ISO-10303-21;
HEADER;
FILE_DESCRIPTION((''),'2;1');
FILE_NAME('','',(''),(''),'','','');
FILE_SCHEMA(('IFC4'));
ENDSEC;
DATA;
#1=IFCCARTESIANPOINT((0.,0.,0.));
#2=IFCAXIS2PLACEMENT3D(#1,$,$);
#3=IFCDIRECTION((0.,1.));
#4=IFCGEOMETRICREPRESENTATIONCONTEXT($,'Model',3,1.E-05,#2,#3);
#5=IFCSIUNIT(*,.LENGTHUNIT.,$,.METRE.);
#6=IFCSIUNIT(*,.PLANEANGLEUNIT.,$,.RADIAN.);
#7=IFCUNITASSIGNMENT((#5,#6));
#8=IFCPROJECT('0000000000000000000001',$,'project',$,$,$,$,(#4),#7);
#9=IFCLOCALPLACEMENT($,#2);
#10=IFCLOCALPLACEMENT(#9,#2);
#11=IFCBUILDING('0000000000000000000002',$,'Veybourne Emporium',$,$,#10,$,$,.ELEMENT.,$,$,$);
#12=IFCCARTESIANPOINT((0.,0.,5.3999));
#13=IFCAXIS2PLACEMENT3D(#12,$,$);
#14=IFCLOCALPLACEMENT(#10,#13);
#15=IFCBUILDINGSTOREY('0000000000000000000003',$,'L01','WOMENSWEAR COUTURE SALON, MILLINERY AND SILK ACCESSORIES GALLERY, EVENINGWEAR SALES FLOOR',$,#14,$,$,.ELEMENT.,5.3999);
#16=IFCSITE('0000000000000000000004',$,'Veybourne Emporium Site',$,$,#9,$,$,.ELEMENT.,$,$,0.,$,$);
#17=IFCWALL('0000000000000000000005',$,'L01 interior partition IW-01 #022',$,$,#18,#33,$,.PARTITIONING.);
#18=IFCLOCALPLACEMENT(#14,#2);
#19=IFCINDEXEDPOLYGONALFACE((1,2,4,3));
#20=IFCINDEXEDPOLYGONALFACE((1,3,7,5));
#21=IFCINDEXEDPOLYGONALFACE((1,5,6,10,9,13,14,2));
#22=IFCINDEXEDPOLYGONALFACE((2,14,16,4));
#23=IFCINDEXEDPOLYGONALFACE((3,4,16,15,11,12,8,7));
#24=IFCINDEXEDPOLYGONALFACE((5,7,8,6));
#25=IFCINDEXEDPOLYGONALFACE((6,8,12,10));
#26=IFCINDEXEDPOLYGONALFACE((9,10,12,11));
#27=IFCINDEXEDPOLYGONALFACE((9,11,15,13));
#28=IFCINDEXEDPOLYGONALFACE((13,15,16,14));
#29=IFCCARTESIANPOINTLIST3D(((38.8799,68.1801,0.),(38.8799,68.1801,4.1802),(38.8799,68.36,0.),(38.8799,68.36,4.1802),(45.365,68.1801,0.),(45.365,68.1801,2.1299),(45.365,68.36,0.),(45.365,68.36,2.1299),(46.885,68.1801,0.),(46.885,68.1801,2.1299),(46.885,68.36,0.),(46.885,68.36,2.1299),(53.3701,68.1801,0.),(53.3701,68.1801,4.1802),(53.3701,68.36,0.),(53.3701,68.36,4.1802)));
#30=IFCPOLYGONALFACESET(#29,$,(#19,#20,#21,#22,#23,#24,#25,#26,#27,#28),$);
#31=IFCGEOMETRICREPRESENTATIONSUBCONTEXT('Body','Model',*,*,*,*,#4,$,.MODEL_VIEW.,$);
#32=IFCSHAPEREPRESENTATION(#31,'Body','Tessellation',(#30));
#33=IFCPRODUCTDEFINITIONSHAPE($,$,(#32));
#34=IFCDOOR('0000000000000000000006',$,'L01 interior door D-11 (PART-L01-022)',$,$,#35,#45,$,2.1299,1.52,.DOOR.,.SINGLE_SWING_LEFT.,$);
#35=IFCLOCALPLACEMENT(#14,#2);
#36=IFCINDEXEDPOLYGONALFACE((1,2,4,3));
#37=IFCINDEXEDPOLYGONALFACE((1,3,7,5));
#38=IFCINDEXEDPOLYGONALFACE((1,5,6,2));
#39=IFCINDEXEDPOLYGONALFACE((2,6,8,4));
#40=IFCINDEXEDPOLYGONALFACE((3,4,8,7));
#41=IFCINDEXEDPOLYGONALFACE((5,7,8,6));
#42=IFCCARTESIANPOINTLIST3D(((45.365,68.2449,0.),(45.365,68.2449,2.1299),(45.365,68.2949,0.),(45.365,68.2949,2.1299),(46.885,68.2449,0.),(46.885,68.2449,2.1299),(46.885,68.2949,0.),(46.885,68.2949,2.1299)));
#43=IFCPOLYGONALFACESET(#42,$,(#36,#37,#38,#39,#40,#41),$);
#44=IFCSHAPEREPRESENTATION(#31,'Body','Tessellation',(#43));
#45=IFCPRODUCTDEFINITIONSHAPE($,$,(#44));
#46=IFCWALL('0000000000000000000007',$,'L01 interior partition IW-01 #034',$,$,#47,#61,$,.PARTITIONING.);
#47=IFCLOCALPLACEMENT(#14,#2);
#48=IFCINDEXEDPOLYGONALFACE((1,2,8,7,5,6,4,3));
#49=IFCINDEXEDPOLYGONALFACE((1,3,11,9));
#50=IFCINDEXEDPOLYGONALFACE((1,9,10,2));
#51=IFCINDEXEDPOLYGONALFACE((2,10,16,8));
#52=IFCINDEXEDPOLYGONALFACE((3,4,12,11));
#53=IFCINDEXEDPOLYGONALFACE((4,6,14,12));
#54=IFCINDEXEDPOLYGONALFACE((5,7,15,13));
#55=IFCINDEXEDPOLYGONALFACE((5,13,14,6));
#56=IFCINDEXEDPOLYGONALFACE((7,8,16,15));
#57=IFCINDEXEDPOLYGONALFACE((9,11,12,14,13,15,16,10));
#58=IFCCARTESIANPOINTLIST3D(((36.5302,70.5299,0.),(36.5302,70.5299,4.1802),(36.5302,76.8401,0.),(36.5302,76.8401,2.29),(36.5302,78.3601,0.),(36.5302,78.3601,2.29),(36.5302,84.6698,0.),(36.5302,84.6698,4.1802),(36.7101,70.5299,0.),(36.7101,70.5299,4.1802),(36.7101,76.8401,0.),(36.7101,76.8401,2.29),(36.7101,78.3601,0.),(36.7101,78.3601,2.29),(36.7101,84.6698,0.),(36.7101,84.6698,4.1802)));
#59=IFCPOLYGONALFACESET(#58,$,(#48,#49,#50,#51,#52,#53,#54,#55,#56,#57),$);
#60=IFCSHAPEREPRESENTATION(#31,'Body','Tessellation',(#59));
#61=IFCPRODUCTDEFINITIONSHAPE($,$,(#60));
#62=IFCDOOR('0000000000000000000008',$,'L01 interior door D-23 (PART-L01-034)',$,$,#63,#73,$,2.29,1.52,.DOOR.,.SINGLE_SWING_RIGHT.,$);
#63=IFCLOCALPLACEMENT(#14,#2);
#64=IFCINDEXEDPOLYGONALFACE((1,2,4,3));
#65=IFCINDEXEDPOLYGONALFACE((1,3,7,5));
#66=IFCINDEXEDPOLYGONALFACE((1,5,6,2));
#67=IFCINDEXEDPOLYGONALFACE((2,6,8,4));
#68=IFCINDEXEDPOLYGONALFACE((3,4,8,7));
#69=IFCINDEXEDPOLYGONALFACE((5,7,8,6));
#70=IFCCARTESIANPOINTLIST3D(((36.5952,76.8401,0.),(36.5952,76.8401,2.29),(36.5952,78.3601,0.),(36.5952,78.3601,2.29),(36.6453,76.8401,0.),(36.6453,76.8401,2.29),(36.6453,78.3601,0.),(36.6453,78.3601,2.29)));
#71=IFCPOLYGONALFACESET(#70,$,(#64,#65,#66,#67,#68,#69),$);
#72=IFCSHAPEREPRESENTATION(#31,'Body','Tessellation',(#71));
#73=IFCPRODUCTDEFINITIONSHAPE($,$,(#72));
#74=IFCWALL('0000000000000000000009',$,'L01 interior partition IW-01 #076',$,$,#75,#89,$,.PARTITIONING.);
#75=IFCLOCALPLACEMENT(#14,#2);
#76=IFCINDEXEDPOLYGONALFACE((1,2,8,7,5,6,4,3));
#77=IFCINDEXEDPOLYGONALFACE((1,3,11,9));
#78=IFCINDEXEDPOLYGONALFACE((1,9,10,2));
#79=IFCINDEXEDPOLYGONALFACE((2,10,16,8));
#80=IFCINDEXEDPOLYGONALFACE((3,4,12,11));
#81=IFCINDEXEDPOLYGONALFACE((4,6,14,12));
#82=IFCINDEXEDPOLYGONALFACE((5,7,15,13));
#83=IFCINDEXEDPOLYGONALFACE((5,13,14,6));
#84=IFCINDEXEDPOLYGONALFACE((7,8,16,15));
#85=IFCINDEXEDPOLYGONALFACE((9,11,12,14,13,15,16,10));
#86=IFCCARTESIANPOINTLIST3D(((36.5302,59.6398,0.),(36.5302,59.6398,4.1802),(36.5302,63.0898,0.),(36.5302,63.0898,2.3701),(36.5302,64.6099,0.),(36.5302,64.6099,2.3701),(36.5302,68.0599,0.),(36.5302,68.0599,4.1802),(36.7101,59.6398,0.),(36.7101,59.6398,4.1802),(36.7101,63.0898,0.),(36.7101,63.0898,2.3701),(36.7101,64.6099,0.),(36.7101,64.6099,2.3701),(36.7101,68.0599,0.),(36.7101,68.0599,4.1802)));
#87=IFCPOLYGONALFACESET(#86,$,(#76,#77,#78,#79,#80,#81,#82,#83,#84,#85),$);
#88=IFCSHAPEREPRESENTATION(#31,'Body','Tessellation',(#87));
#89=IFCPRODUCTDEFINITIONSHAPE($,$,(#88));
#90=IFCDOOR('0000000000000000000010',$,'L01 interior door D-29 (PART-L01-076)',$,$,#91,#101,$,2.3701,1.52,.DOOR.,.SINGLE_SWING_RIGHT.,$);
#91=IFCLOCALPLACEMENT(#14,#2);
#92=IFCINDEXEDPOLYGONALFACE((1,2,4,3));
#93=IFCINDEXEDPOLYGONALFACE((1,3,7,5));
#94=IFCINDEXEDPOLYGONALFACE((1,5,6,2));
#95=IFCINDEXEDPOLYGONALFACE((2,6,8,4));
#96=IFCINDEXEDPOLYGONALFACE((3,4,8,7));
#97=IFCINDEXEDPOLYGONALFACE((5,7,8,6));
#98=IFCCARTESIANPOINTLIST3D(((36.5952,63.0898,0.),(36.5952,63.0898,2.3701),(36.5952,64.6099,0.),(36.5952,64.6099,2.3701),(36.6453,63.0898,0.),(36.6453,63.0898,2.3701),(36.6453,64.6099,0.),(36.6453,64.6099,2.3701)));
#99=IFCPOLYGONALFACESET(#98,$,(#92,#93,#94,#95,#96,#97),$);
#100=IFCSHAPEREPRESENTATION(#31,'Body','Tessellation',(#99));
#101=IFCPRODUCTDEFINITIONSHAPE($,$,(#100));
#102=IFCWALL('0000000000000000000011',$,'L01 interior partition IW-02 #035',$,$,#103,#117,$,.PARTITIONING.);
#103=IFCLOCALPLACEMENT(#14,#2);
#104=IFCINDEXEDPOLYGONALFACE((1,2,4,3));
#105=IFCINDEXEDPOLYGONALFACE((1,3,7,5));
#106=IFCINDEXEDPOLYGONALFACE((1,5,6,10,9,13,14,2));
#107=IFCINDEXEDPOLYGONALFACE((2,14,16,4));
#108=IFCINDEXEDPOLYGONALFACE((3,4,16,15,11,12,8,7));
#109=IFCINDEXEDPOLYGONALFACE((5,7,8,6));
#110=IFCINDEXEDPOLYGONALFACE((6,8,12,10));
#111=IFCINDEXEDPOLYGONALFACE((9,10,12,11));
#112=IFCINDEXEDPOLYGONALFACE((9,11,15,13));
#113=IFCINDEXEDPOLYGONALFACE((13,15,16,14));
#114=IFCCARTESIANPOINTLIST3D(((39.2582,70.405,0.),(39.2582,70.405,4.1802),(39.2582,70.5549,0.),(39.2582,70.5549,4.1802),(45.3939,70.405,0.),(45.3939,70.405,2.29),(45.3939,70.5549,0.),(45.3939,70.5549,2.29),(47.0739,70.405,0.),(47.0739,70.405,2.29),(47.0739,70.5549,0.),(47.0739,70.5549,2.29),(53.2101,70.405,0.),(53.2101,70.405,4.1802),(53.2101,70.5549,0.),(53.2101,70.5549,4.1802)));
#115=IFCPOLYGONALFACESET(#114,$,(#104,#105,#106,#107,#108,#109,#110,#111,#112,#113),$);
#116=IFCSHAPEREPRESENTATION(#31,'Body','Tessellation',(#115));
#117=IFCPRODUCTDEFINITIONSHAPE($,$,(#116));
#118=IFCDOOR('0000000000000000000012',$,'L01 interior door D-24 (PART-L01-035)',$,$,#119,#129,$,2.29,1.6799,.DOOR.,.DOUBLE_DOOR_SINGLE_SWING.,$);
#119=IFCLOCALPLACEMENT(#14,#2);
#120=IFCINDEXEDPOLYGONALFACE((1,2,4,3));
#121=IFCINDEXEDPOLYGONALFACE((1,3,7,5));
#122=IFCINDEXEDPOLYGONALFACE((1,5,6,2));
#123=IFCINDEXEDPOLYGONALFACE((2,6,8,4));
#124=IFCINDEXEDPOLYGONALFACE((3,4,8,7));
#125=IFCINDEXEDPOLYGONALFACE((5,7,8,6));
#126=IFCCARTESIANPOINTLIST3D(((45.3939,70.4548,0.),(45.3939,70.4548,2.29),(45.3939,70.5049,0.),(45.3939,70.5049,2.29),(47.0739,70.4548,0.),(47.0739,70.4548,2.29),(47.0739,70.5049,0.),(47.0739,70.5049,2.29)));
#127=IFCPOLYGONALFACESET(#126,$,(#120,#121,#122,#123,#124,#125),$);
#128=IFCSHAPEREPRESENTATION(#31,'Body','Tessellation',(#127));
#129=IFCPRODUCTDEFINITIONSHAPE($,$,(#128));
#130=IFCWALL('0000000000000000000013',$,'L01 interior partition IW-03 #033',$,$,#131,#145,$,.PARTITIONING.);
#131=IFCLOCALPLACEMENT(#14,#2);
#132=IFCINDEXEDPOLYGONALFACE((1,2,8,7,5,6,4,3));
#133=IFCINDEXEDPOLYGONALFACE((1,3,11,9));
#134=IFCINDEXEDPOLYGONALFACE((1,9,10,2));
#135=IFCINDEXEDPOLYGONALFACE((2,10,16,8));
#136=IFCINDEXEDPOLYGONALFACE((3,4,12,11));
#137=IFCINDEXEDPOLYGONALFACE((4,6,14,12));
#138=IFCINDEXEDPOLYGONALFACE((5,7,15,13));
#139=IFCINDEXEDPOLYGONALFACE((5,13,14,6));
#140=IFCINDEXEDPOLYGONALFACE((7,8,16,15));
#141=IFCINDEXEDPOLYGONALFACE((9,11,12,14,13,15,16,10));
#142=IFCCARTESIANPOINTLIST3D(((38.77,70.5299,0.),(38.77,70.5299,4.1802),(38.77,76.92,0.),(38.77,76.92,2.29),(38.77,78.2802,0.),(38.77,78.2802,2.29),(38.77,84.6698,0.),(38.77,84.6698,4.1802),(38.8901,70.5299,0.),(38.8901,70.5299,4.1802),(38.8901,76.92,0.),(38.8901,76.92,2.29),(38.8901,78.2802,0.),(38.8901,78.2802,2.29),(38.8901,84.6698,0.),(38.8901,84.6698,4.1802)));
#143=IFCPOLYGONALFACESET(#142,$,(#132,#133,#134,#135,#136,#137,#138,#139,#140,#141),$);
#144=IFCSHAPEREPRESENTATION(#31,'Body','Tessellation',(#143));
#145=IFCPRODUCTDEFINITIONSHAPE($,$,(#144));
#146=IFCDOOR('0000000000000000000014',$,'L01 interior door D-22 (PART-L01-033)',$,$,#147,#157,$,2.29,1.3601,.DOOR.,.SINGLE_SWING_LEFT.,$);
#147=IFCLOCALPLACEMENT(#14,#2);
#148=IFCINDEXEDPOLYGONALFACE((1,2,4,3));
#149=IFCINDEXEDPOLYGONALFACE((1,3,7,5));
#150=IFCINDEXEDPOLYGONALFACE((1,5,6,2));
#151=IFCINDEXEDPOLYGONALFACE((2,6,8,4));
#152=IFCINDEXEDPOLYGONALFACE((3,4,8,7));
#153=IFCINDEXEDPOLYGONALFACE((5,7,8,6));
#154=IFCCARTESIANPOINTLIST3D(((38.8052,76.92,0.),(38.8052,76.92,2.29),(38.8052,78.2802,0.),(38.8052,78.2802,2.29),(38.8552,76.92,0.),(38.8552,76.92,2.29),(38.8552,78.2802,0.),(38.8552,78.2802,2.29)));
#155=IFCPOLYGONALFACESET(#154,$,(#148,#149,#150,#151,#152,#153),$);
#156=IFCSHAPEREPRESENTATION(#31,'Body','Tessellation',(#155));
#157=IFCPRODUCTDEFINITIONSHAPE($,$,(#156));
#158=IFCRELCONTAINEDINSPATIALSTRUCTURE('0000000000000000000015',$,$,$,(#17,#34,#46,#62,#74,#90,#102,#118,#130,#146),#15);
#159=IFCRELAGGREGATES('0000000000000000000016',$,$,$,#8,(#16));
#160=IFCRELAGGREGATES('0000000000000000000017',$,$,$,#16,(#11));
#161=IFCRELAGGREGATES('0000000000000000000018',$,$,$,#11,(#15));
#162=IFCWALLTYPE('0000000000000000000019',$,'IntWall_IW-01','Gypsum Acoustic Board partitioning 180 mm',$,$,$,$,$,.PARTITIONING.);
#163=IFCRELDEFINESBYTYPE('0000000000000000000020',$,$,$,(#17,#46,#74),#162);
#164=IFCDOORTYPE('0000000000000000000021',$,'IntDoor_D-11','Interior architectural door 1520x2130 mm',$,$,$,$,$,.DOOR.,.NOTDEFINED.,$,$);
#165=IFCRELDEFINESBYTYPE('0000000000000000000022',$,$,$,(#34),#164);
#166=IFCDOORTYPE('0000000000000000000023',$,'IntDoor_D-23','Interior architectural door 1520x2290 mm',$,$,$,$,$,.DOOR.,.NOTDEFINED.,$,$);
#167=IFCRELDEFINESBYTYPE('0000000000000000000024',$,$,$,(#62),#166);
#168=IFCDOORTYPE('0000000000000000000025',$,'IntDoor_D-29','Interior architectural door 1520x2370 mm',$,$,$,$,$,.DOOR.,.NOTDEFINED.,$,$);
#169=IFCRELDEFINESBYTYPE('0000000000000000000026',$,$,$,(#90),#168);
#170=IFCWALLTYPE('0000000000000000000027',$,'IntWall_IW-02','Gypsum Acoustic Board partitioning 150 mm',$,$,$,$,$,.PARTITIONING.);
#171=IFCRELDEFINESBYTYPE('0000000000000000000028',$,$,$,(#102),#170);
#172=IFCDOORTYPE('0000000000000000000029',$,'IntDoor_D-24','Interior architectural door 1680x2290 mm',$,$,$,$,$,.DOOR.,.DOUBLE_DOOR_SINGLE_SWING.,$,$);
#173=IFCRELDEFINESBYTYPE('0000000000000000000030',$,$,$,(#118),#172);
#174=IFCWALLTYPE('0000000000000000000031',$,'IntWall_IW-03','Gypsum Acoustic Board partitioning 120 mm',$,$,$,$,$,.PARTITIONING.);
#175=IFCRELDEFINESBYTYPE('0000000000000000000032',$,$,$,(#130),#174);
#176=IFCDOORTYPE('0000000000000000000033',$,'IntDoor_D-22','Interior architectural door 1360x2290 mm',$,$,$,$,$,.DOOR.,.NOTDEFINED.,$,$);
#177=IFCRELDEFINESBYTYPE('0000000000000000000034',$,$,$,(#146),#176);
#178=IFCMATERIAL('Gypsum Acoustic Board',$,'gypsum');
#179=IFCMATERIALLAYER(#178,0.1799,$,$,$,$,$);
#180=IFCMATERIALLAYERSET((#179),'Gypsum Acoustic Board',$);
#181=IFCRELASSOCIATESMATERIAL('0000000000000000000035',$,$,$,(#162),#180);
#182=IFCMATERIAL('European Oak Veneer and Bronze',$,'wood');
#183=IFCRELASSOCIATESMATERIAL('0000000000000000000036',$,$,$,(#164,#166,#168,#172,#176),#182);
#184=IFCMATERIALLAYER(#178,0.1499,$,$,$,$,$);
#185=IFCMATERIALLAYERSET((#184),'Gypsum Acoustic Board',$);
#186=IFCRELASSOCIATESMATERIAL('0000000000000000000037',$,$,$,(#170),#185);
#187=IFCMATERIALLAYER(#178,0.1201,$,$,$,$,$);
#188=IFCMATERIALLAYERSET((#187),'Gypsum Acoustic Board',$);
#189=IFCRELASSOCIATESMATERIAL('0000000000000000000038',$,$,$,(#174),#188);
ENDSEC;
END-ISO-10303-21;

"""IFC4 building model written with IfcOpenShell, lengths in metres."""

from ifc_helpers import new_model, si_unit, direction, frame, frame_2d, origin, place, context, subcontext, project, spatial, rectangle, extrude, material, layer, layer_set, type_object, element, fill, save


model = new_model("IFC4")

# Units and contexts
model_context = context("Model", 3, precision=1e-05, world=origin(), true_north=direction((0.0, 1.0)))
body_context = subcontext(model_context, "Body", "Model", "MODEL_VIEW")
ifc_project = project(units=[si_unit("LENGTHUNIT", "METRE"), si_unit("PLANEANGLEUNIT", "RADIAN")], contexts=[model_context])

# Site, building, storey
site_placement = place(None, origin())
site = spatial("IfcSite", under=ifc_project, at=site_placement, Name="Veybourne Emporium Site", CompositionType="ELEMENT", RefElevation=0.0)
building_placement = place(site_placement, origin())
building = spatial("IfcBuilding", under=site, at=building_placement, Name="Veybourne Emporium", CompositionType="ELEMENT")
storey_placement = place(building_placement, frame((0.0, 0.0, 5.3999)))
storey = spatial("IfcBuildingStorey", under=building, at=storey_placement, Name="L01", Description="WOMENSWEAR COUTURE SALON, MILLINERY AND SILK ACCESSORIES GALLERY, EVENINGWEAR SALES FLOOR", CompositionType="ELEMENT", Elevation=5.3999)

# Walls, openings, doors
ifc_material_1 = material(Name="Gypsum Acoustic Board", Category="gypsum")
ifc_layer_1 = layer(ifc_material_1, 0.1799)
ifc_layer_set_1 = layer_set([ifc_layer_1], Name="Gypsum Acoustic Board")
wall_type_1 = type_object("IfcWallType", Name="IntWall_IW-01", Description="Gypsum Acoustic Board partitioning 180 mm", PredefinedType="PARTITIONING", material=ifc_layer_set_1)
wall_1_placement = place(storey_placement, frame((38.8799, 68.27, 0.0), z_axis=(0.0, 0.0, 1.0), x_axis=(1.0, 0.0, 0.0)))
wall_1 = element("IfcWall", 1, at=wall_1_placement, inside=storey, type_object=wall_type_1, Name="L01 interior partition IW-01 #022", PredefinedType="PARTITIONING", context=body_context, shape_type="SweptSolid", body=[
    extrude(rectangle(XDim=14.4902, YDim=0.1799, at=frame_2d((7.2451, 0.0))), origin(), (0.0, 0.0, 1.0), 4.1802),
])
opening_1_placement = place(wall_1_placement, frame((6.4851, 0.0, 0.0)))
opening_1 = element("IfcOpeningElement", 2, at=opening_1_placement, cuts=wall_1, PredefinedType="OPENING", context=body_context, shape_type="SweptSolid", body=[
    extrude(rectangle(XDim=1.52, YDim=2.1299, at=frame_2d((0.76, 1.0649))), frame((0.0, 0.1099, 0.0), z_axis=(0.0, -1.0, 0.0), x_axis=(1.0, 0.0, 0.0)), (0.0, 0.0, 1.0), 0.22),
])
ifc_material_2 = material(Name="European Oak Veneer and Bronze", Category="wood")
door_type_1 = type_object("IfcDoorType", Name="IntDoor_D-11", Description="Interior architectural door 1520x2130 mm", OperationType="NOTDEFINED", PredefinedType="DOOR", material=ifc_material_2)
door_1_placement = place(opening_1_placement, origin())
door_1 = element("IfcDoor", 3, at=door_1_placement, inside=storey, type_object=door_type_1, Name="L01 interior door D-11 (PART-L01-022)", OperationType="SINGLE_SWING_LEFT", OverallHeight=2.1299, OverallWidth=1.52, PredefinedType="DOOR", context=body_context, shape_type="SweptSolid", body=[
    extrude(rectangle(XDim=1.52, YDim=2.1299, at=frame_2d((0.76, 1.0649))), frame((0.0, 0.0249, 0.0), z_axis=(0.0, -1.0, 0.0), x_axis=(1.0, 0.0, 0.0)), (0.0, 0.0, 1.0), 0.05),
])
fill(opening_1, door_1)
wall_2_placement = place(storey_placement, frame((36.6201, 70.53, 0.0), z_axis=(0.0, 0.0, 1.0), x_axis=(0.0, 1.0, 0.0)))
wall_2 = element("IfcWall", 4, at=wall_2_placement, inside=storey, type_object=wall_type_1, Name="L01 interior partition IW-01 #034", PredefinedType="PARTITIONING", context=body_context, shape_type="SweptSolid", body=[
    extrude(rectangle(XDim=14.1399, YDim=0.1799, at=frame_2d((7.0698, 0.0))), origin(), (0.0, 0.0, 1.0), 4.1802),
])
opening_2_placement = place(wall_2_placement, frame((6.3101, 0.0, 0.0)))
opening_2 = element("IfcOpeningElement", 5, at=opening_2_placement, cuts=wall_2, PredefinedType="OPENING", context=body_context, shape_type="SweptSolid", body=[
    extrude(rectangle(XDim=1.52, YDim=2.29, at=frame_2d((0.76, 1.145))), frame((0.0, 0.1099, 0.0), z_axis=(0.0, -1.0, 0.0), x_axis=(1.0, 0.0, 0.0)), (0.0, 0.0, 1.0), 0.22),
])
door_type_2 = type_object("IfcDoorType", Name="IntDoor_D-23", Description="Interior architectural door 1520x2290 mm", OperationType="NOTDEFINED", PredefinedType="DOOR", material=ifc_material_2)
door_2_placement = place(opening_2_placement, origin())
door_2 = element("IfcDoor", 6, at=door_2_placement, inside=storey, type_object=door_type_2, Name="L01 interior door D-23 (PART-L01-034)", OperationType="SINGLE_SWING_RIGHT", OverallHeight=2.29, OverallWidth=1.52, PredefinedType="DOOR", context=body_context, shape_type="SweptSolid", body=[
    extrude(rectangle(XDim=1.52, YDim=2.29, at=frame_2d((0.76, 1.145))), frame((0.0, 0.0249, 0.0), z_axis=(0.0, -1.0, 0.0), x_axis=(1.0, 0.0, 0.0)), (0.0, 0.0, 1.0), 0.05),
])
fill(opening_2, door_2)
wall_3_placement = place(storey_placement, frame((36.6201, 59.6399, 0.0), z_axis=(0.0, 0.0, 1.0), x_axis=(0.0, 1.0, 0.0)))
wall_3 = element("IfcWall", 7, at=wall_3_placement, inside=storey, type_object=wall_type_1, Name="L01 interior partition IW-01 #076", PredefinedType="PARTITIONING", context=body_context, shape_type="SweptSolid", body=[
    extrude(rectangle(XDim=8.4202, YDim=0.1799, at=frame_2d((4.21, 0.0))), origin(), (0.0, 0.0, 1.0), 4.1802),
])
opening_3_placement = place(wall_3_placement, frame((3.45, 0.0, 0.0)))
opening_3 = element("IfcOpeningElement", 8, at=opening_3_placement, cuts=wall_3, PredefinedType="OPENING", context=body_context, shape_type="SweptSolid", body=[
    extrude(rectangle(XDim=1.52, YDim=2.3701, at=frame_2d((0.76, 1.1851))), frame((0.0, 0.1099, 0.0), z_axis=(0.0, -1.0, 0.0), x_axis=(1.0, 0.0, 0.0)), (0.0, 0.0, 1.0), 0.22),
])
door_type_3 = type_object("IfcDoorType", Name="IntDoor_D-29", Description="Interior architectural door 1520x2370 mm", OperationType="NOTDEFINED", PredefinedType="DOOR", material=ifc_material_2)
door_3_placement = place(opening_3_placement, origin())
door_3 = element("IfcDoor", 9, at=door_3_placement, inside=storey, type_object=door_type_3, Name="L01 interior door D-29 (PART-L01-076)", OperationType="SINGLE_SWING_RIGHT", OverallHeight=2.3701, OverallWidth=1.52, PredefinedType="DOOR", context=body_context, shape_type="SweptSolid", body=[
    extrude(rectangle(XDim=1.52, YDim=2.3701, at=frame_2d((0.76, 1.1851))), frame((0.0, 0.0249, 0.0), z_axis=(0.0, -1.0, 0.0), x_axis=(1.0, 0.0, 0.0)), (0.0, 0.0, 1.0), 0.05),
])
fill(opening_3, door_3)
ifc_layer_2 = layer(ifc_material_1, 0.1499)
ifc_layer_set_2 = layer_set([ifc_layer_2], Name="Gypsum Acoustic Board")
wall_type_2 = type_object("IfcWallType", Name="IntWall_IW-02", Description="Gypsum Acoustic Board partitioning 150 mm", PredefinedType="PARTITIONING", material=ifc_layer_set_2)
wall_4_placement = place(storey_placement, frame((39.2581, 70.48, 0.0), z_axis=(0.0, 0.0, 1.0), x_axis=(1.0, 0.0, 0.0)))
wall_4 = element("IfcWall", 10, at=wall_4_placement, inside=storey, type_object=wall_type_2, Name="L01 interior partition IW-02 #035", PredefinedType="PARTITIONING", context=body_context, shape_type="SweptSolid", body=[
    extrude(rectangle(XDim=13.9519, YDim=0.1499, at=frame_2d((6.9761, 0.0))), origin(), (0.0, 0.0, 1.0), 4.1802),
])
opening_4_placement = place(wall_4_placement, frame((6.136, 0.0, 0.0)))
opening_4 = element("IfcOpeningElement", 11, at=opening_4_placement, cuts=wall_4, PredefinedType="OPENING", context=body_context, shape_type="SweptSolid", body=[
    extrude(rectangle(XDim=1.6799, YDim=2.29, at=frame_2d((0.8398, 1.145))), frame((0.0, 0.095, 0.0), z_axis=(0.0, -1.0, 0.0), x_axis=(1.0, 0.0, 0.0)), (0.0, 0.0, 1.0), 0.1899),
])
door_type_4 = type_object("IfcDoorType", Name="IntDoor_D-24", Description="Interior architectural door 1680x2290 mm", OperationType="DOUBLE_DOOR_SINGLE_SWING", PredefinedType="DOOR", material=ifc_material_2)
door_4_placement = place(opening_4_placement, origin())
door_4 = element("IfcDoor", 12, at=door_4_placement, inside=storey, type_object=door_type_4, Name="L01 interior door D-24 (PART-L01-035)", OperationType="DOUBLE_DOOR_SINGLE_SWING", OverallHeight=2.29, OverallWidth=1.6799, PredefinedType="DOOR", context=body_context, shape_type="SweptSolid", body=[
    extrude(rectangle(XDim=1.6799, YDim=2.29, at=frame_2d((0.8398, 1.145))), frame((0.0, 0.0249, 0.0), z_axis=(0.0, -1.0, 0.0), x_axis=(1.0, 0.0, 0.0)), (0.0, 0.0, 1.0), 0.05),
])
fill(opening_4, door_4)
ifc_layer_3 = layer(ifc_material_1, 0.1201)
ifc_layer_set_3 = layer_set([ifc_layer_3], Name="Gypsum Acoustic Board")
wall_type_3 = type_object("IfcWallType", Name="IntWall_IW-03", Description="Gypsum Acoustic Board partitioning 120 mm", PredefinedType="PARTITIONING", material=ifc_layer_set_3)
wall_5_placement = place(storey_placement, frame((38.8301, 70.53, 0.0), z_axis=(0.0, 0.0, 1.0), x_axis=(0.0, 1.0, 0.0)))
wall_5 = element("IfcWall", 13, at=wall_5_placement, inside=storey, type_object=wall_type_3, Name="L01 interior partition IW-03 #033", PredefinedType="PARTITIONING", context=body_context, shape_type="SweptSolid", body=[
    extrude(rectangle(XDim=14.1399, YDim=0.1201, at=frame_2d((7.0698, 0.0))), origin(), (0.0, 0.0, 1.0), 4.1802),
])
opening_5_placement = place(wall_5_placement, frame((6.3899, 0.0, 0.0)))
opening_5 = element("IfcOpeningElement", 14, at=opening_5_placement, cuts=wall_5, PredefinedType="OPENING", context=body_context, shape_type="SweptSolid", body=[
    extrude(rectangle(XDim=1.3601, YDim=2.29, at=frame_2d((0.6802, 1.145))), frame((0.0, 0.0801, 0.0), z_axis=(0.0, -1.0, 0.0), x_axis=(1.0, 0.0, 0.0)), (0.0, 0.0, 1.0), 0.1602),
])
door_type_5 = type_object("IfcDoorType", Name="IntDoor_D-22", Description="Interior architectural door 1360x2290 mm", OperationType="NOTDEFINED", PredefinedType="DOOR", material=ifc_material_2)
door_5_placement = place(opening_5_placement, origin())
door_5 = element("IfcDoor", 15, at=door_5_placement, inside=storey, type_object=door_type_5, Name="L01 interior door D-22 (PART-L01-033)", OperationType="SINGLE_SWING_LEFT", OverallHeight=2.29, OverallWidth=1.3601, PredefinedType="DOOR", context=body_context, shape_type="SweptSolid", body=[
    extrude(rectangle(XDim=1.3601, YDim=2.29, at=frame_2d((0.6802, 1.145))), frame((0.0, 0.0249, 0.0), z_axis=(0.0, -1.0, 0.0), x_axis=(1.0, 0.0, 0.0)), (0.0, 0.0, 1.0), 0.05),
])
fill(opening_5, door_5)

save(model, "model.ifc")
